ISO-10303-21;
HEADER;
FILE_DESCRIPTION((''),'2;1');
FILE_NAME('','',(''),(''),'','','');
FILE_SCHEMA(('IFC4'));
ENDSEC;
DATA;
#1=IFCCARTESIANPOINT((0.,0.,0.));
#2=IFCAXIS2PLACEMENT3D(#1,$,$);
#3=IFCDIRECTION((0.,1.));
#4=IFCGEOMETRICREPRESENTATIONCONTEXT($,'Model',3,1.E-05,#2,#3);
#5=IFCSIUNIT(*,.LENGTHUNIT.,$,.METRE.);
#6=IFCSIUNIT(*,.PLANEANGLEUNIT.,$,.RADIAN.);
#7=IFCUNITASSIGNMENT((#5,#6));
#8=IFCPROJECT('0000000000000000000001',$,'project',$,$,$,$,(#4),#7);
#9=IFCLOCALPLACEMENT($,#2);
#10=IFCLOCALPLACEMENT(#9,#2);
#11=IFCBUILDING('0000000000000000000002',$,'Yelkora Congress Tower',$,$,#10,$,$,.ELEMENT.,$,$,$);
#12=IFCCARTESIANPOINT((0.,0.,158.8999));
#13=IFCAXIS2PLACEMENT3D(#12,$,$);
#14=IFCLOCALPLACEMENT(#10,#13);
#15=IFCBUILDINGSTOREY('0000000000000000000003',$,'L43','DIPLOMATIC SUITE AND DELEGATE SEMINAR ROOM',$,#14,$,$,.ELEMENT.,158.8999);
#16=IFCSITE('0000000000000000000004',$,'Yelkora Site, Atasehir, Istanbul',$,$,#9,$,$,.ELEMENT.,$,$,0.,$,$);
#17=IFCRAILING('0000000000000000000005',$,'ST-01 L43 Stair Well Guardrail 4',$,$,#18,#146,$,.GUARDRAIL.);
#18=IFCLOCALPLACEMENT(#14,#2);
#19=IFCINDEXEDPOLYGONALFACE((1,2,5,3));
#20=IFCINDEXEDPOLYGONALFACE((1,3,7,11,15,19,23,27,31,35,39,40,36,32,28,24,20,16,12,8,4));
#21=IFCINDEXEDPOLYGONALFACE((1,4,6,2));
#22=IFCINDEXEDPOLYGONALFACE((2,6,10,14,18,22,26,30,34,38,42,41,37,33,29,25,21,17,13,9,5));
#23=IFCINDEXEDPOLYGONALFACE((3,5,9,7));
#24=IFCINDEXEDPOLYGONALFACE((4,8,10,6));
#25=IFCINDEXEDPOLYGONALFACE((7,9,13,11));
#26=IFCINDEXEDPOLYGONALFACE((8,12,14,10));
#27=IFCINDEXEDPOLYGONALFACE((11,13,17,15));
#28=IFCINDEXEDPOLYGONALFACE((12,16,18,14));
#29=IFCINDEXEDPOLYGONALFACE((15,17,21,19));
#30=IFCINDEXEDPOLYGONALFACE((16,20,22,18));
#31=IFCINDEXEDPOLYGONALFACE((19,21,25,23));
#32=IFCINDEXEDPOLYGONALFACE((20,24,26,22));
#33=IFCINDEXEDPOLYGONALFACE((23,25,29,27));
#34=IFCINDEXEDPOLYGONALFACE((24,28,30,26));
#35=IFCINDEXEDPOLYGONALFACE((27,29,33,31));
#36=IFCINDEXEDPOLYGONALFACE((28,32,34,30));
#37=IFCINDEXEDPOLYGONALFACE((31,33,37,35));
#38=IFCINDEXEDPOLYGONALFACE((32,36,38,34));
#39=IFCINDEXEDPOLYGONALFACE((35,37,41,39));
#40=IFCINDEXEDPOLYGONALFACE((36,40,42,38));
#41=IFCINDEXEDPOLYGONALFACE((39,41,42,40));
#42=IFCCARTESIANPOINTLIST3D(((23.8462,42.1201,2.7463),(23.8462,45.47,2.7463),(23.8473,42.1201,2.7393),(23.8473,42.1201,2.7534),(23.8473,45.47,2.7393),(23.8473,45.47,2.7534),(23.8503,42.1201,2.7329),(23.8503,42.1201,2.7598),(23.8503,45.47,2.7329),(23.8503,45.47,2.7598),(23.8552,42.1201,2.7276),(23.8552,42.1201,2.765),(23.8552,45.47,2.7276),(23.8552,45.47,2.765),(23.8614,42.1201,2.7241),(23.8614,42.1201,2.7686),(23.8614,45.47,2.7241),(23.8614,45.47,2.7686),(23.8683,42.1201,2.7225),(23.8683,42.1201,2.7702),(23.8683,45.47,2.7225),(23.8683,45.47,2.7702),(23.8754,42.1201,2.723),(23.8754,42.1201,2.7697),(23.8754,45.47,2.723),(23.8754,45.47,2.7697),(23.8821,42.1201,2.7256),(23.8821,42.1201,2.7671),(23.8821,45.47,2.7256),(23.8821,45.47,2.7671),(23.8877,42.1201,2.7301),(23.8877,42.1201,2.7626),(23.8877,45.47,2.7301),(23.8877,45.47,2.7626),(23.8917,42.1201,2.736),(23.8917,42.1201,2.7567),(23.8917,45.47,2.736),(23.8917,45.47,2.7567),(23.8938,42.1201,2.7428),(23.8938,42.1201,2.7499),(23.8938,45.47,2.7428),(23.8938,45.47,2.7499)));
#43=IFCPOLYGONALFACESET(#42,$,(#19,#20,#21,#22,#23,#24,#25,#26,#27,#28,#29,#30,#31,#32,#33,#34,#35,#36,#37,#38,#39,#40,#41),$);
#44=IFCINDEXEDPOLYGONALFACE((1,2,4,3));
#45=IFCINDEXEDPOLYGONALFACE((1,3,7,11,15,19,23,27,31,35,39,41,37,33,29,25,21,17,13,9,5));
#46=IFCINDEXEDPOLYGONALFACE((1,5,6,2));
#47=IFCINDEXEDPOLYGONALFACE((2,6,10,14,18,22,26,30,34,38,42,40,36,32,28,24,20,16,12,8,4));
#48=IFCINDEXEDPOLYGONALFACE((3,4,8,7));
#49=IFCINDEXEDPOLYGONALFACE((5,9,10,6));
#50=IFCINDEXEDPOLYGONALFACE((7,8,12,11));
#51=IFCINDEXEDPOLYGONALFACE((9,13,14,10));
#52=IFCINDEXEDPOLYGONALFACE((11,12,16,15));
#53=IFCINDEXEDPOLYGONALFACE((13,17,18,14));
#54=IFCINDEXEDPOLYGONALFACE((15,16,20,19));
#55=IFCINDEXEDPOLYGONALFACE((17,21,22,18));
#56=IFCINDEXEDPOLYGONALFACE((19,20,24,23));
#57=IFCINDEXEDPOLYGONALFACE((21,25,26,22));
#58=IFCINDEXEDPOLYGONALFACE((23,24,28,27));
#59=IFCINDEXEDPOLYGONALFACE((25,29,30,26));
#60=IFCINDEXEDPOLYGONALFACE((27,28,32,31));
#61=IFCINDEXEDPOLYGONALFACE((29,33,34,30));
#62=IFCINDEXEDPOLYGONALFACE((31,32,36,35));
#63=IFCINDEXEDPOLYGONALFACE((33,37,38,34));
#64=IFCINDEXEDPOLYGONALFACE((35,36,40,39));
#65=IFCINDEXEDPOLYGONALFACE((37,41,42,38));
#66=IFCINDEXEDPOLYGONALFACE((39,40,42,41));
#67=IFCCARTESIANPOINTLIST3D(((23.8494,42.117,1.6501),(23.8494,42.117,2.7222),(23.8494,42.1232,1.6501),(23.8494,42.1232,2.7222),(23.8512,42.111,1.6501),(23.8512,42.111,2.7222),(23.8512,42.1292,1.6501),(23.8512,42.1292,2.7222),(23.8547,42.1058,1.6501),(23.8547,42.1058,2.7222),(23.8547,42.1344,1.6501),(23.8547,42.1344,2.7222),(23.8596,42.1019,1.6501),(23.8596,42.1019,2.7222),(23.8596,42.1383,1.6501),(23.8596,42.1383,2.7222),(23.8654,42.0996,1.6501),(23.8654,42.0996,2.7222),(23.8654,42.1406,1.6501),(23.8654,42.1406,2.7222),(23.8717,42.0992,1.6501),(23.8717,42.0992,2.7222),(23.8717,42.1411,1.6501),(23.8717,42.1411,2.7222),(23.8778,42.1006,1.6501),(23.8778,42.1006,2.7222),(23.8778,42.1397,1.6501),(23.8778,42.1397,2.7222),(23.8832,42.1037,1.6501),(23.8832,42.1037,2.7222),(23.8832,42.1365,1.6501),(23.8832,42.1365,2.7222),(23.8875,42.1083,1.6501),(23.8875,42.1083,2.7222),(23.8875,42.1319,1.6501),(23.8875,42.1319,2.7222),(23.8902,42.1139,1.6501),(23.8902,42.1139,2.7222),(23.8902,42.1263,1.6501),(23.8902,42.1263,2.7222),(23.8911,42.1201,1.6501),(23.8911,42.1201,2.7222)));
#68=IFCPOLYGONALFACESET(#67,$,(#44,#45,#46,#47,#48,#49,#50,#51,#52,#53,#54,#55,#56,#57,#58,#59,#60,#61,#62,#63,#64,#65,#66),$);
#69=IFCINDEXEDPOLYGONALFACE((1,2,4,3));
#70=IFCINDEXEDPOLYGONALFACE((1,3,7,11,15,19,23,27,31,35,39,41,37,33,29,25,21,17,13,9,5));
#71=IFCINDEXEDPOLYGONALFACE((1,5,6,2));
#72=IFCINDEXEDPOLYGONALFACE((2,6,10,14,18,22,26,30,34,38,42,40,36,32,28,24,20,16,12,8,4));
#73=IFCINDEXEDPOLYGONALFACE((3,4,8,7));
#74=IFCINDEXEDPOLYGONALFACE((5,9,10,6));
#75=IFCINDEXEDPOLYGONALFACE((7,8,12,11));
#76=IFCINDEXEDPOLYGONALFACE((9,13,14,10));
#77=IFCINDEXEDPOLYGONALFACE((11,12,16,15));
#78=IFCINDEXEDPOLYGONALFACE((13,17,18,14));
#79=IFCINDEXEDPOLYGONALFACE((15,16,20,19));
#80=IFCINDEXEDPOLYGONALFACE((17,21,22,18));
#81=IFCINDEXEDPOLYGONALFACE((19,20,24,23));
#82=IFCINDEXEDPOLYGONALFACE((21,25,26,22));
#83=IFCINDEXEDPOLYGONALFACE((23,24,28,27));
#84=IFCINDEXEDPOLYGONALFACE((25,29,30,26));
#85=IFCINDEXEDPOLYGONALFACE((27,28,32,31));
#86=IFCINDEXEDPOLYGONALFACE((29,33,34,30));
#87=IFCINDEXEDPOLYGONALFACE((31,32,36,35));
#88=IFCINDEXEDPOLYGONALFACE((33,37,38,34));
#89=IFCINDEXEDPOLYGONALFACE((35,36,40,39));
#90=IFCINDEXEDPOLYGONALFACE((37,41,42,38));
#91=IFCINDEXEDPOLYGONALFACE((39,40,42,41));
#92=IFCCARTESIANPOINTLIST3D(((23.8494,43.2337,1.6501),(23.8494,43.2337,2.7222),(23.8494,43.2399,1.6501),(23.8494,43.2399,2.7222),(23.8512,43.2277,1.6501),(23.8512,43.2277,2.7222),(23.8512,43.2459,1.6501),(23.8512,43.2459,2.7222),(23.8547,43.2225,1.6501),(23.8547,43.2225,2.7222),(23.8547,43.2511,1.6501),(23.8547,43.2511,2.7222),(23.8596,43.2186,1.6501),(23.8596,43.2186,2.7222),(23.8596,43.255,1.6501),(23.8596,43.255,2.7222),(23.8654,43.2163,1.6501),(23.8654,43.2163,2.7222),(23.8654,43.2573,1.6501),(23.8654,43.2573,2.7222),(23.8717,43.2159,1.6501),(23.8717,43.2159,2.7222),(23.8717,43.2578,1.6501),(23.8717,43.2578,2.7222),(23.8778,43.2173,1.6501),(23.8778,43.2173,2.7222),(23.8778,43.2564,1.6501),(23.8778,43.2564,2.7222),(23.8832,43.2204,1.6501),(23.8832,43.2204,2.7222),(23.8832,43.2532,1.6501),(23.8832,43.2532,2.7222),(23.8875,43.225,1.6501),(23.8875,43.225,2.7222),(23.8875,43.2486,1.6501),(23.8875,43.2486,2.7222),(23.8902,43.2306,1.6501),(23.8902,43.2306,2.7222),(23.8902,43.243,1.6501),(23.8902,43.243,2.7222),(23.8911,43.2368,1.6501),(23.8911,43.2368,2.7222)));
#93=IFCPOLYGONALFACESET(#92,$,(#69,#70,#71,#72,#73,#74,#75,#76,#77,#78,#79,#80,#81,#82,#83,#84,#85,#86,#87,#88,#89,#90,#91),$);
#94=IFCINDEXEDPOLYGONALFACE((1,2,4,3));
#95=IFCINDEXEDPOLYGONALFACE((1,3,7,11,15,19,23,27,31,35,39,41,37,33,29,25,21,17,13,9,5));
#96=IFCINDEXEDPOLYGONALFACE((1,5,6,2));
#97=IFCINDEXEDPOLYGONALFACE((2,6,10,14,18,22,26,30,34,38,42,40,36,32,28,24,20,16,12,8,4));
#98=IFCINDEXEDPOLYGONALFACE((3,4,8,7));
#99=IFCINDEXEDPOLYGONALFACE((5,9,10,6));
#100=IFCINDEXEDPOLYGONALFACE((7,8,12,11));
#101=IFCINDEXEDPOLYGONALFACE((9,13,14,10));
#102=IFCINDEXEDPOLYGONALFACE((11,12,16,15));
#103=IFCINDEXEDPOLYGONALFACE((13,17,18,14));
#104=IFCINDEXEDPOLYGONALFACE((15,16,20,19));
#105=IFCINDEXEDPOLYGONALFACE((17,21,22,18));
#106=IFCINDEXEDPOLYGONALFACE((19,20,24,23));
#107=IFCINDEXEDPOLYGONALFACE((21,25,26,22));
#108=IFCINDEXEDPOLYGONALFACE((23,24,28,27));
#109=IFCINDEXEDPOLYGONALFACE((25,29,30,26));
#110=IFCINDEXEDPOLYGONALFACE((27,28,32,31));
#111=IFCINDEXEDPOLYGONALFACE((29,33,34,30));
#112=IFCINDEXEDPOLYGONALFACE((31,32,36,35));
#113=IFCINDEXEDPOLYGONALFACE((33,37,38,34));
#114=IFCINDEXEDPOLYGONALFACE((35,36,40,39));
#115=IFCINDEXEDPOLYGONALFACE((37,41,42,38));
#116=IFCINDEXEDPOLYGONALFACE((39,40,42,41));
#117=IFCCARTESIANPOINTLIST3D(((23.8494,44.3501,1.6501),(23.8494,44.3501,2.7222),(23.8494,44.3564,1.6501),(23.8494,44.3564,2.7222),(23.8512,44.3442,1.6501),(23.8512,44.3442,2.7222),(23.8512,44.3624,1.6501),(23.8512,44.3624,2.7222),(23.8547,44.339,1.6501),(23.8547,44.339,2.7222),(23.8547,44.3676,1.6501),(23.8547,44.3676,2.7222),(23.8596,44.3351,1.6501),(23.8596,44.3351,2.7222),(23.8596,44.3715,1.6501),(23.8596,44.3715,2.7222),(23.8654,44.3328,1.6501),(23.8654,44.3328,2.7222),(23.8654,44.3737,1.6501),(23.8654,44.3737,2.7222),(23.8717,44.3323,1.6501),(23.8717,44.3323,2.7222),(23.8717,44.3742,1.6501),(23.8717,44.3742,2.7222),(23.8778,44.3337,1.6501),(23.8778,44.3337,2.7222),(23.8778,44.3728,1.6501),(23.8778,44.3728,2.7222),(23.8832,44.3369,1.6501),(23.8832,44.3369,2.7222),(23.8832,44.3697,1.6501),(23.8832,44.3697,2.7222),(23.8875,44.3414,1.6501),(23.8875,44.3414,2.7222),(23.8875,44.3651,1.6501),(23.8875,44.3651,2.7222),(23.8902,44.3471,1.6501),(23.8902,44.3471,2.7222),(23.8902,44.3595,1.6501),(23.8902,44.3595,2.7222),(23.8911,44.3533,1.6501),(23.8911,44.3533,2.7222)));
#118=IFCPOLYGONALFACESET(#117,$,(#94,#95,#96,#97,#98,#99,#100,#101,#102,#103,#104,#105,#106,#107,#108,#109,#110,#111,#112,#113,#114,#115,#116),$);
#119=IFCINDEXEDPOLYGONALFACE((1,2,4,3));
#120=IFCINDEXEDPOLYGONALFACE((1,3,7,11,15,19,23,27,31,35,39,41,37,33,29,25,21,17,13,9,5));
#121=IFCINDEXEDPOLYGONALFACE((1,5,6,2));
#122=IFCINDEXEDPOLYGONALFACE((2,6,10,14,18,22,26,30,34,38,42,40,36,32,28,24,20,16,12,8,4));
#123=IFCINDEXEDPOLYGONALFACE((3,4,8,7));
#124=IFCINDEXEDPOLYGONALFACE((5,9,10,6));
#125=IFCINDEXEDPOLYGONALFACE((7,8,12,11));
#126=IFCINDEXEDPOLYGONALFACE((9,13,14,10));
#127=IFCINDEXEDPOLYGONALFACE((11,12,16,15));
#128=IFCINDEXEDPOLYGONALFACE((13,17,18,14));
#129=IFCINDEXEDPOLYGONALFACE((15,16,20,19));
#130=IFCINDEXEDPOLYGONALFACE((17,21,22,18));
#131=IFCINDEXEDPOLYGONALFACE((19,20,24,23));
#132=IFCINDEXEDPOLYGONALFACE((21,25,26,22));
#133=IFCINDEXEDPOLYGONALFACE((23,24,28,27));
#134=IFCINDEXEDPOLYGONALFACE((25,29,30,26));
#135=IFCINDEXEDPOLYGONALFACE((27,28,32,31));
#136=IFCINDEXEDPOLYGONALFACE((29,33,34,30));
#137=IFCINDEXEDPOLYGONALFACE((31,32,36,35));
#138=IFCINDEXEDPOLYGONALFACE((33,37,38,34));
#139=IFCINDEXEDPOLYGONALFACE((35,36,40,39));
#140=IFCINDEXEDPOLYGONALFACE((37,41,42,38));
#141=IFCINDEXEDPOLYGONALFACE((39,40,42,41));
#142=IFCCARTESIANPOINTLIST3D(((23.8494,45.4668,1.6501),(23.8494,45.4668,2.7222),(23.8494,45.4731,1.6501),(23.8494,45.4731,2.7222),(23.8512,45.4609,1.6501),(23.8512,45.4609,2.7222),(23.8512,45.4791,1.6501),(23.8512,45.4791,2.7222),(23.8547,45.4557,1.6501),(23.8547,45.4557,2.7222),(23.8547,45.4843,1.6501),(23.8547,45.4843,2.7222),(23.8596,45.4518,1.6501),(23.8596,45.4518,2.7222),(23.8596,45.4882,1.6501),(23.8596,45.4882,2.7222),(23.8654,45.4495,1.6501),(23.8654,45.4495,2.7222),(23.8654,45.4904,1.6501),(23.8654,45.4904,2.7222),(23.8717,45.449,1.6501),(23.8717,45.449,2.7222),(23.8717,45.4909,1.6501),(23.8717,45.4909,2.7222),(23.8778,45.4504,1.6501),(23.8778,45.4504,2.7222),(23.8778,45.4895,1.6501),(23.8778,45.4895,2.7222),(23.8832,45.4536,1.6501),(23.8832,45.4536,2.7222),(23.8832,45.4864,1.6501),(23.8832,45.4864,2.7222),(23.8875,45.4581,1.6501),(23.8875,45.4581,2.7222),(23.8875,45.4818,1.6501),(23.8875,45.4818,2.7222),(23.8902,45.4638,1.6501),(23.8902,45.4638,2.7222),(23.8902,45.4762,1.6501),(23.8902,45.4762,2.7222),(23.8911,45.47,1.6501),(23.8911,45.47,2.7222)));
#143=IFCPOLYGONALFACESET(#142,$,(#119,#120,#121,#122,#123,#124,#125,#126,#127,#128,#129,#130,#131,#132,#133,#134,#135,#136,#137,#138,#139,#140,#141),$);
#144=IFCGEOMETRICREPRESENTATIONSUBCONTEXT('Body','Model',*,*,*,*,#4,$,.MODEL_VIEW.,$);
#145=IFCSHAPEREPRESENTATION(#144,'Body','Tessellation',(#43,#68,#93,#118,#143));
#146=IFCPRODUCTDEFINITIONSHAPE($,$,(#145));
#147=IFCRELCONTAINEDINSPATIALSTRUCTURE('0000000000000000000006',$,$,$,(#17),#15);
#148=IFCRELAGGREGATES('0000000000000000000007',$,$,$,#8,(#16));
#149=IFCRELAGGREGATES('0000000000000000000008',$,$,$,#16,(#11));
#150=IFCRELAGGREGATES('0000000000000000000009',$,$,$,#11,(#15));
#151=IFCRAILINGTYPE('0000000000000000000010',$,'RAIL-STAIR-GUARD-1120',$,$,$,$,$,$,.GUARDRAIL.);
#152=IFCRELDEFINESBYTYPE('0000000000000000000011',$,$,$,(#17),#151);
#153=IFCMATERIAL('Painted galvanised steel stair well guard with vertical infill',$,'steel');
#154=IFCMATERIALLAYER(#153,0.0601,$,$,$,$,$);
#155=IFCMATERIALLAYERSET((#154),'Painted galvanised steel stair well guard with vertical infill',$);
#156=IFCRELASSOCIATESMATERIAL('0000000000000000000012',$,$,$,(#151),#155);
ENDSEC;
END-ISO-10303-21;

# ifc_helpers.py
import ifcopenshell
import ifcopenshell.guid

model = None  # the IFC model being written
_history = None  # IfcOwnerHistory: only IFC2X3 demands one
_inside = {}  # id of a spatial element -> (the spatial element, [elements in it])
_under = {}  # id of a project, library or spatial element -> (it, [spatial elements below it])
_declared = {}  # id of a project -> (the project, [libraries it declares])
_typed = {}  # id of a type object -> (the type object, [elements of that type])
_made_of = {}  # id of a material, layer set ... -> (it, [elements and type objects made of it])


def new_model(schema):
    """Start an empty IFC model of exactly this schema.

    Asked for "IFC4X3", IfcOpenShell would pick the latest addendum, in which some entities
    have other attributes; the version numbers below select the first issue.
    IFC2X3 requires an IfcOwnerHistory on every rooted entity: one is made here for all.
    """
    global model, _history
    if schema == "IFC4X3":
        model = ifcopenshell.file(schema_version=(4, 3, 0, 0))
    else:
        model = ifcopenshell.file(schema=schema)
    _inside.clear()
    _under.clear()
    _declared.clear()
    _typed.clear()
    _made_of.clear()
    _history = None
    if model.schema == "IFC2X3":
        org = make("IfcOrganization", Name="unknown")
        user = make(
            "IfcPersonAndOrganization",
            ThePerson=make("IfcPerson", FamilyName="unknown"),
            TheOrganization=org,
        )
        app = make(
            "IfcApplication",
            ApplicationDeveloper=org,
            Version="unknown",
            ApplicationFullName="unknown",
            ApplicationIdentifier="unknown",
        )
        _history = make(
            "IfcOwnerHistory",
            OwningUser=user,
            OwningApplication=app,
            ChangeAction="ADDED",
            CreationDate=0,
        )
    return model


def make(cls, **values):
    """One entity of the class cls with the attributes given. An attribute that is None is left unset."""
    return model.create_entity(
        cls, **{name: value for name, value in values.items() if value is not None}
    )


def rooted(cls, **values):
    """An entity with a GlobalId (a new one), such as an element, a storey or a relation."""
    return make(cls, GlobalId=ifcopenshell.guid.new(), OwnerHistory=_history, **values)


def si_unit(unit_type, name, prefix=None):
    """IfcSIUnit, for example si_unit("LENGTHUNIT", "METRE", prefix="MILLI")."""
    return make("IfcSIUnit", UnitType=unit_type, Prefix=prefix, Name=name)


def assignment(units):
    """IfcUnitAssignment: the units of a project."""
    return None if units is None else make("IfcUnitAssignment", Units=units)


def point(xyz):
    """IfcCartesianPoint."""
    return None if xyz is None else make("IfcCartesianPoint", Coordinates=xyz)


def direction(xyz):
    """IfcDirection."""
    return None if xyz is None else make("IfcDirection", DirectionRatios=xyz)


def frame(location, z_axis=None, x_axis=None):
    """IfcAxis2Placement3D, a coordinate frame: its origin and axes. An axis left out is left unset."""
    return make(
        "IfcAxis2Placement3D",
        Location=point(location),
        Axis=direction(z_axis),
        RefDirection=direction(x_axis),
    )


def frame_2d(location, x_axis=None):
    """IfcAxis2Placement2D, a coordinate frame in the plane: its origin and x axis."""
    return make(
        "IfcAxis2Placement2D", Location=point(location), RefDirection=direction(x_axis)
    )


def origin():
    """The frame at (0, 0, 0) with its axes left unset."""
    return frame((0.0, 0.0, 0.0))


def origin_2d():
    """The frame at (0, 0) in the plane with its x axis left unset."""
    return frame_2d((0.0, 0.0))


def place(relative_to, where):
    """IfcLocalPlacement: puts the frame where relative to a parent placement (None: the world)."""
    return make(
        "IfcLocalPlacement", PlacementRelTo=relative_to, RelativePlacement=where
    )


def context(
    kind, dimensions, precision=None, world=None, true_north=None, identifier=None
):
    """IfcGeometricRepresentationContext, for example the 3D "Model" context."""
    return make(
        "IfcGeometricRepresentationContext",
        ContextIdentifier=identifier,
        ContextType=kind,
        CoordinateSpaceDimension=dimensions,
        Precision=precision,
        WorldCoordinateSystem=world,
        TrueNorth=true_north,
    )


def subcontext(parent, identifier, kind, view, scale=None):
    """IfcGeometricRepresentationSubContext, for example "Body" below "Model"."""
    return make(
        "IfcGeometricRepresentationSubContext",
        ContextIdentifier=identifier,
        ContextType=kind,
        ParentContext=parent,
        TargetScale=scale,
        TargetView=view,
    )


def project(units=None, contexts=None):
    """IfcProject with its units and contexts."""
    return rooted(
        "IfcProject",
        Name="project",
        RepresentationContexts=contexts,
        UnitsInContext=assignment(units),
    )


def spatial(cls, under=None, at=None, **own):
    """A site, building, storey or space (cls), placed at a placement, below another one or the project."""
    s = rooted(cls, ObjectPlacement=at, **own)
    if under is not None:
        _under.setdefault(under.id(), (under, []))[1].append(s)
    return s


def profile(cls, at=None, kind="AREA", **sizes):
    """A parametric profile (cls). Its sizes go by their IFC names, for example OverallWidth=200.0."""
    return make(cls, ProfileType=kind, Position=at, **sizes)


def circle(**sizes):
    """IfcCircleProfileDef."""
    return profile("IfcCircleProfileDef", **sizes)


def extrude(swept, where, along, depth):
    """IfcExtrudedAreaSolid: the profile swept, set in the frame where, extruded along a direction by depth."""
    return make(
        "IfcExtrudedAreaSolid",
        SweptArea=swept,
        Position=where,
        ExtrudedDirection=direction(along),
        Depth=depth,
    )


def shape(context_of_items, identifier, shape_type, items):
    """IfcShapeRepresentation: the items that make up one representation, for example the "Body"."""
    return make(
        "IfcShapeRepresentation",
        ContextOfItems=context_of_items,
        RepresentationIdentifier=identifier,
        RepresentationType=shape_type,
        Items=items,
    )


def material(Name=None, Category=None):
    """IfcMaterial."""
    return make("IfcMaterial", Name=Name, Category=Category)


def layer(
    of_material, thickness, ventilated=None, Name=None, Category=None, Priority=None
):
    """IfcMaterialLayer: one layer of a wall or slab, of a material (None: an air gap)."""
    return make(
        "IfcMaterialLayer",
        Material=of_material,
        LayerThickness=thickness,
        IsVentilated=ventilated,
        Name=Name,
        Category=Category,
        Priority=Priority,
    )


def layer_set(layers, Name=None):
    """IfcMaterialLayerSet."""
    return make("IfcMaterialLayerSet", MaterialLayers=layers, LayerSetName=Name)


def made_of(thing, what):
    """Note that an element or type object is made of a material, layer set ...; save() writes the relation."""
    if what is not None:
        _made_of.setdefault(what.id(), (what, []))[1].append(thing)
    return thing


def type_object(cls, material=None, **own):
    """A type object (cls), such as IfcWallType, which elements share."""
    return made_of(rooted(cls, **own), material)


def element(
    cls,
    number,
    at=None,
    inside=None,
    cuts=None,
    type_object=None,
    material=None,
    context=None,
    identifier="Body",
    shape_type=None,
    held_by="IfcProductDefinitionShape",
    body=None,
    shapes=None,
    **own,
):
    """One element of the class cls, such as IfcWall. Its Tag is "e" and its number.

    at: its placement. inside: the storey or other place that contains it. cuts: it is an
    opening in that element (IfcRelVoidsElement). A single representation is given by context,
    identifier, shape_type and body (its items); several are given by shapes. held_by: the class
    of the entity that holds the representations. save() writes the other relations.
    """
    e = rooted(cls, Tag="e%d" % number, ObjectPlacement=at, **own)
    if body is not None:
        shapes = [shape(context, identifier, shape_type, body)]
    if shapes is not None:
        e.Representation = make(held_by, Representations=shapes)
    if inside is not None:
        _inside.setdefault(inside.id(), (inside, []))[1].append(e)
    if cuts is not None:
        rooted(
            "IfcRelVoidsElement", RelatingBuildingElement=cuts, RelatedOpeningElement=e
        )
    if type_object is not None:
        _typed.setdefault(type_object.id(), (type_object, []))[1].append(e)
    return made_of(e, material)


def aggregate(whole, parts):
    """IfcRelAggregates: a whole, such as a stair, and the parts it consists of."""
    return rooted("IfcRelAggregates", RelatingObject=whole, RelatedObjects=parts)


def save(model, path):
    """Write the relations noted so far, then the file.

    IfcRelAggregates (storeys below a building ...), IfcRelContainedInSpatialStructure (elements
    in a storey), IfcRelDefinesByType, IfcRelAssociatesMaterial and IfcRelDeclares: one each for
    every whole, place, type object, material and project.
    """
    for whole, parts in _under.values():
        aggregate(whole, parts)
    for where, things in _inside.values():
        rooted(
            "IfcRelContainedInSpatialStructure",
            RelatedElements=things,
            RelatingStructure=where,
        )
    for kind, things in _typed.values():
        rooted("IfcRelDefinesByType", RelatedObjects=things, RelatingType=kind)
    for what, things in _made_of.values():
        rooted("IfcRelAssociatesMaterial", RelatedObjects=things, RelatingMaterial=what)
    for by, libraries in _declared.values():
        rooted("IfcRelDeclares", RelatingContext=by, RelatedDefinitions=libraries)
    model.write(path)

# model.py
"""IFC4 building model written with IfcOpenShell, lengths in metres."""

from ifc_helpers import new_model, si_unit, direction, frame, origin, origin_2d, place, context, subcontext, project, spatial, circle, extrude, material, layer, layer_set, type_object, element, save


model = new_model("IFC4")

# Units and contexts
model_context = context("Model", 3, precision=1e-05, world=origin(), true_north=direction((0.0, 1.0)))
body_context = subcontext(model_context, "Body", "Model", "MODEL_VIEW")
ifc_project = project(units=[si_unit("LENGTHUNIT", "METRE"), si_unit("PLANEANGLEUNIT", "RADIAN")], contexts=[model_context])

# Site, building, storey
site_placement = place(None, origin())
site = spatial("IfcSite", under=ifc_project, at=site_placement, Name="Yelkora Site, Atasehir, Istanbul", CompositionType="ELEMENT", RefElevation=0.0)
building_placement = place(site_placement, origin())
building = spatial("IfcBuilding", under=site, at=building_placement, Name="Yelkora Congress Tower", CompositionType="ELEMENT")
storey_placement = place(building_placement, frame((0.0, 0.0, 158.8999)))
storey = spatial("IfcBuildingStorey", under=building, at=storey_placement, Name="L43", Description="DIPLOMATIC SUITE AND DELEGATE SEMINAR ROOM", CompositionType="ELEMENT", Elevation=158.8999)

# Railing
ifc_material_1 = material(Name="Painted galvanised steel stair well guard with vertical infill", Category="steel")
ifc_layer_1 = layer(ifc_material_1, 0.0601)
ifc_layer_set_1 = layer_set([ifc_layer_1], Name="Painted galvanised steel stair well guard with vertical infill")
railing_type = type_object("IfcRailingType", Name="RAIL-STAIR-GUARD-1120", PredefinedType="GUARDRAIL", material=ifc_layer_set_1)
for number, where, name in (
    (1, (23.8701, 42.1201, 1.6501), "ST-01 L43 Stair Well Guardrail 4"),
):
    element("IfcRailing", number, at=place(storey_placement, frame(where)), inside=storey, type_object=railing_type, Name=name, PredefinedType="GUARDRAIL", context=body_context, shape_type="SweptSolid", body=[
        extrude(circle(Radius=0.0239, at=origin_2d()), frame((0.0, 0.0, 1.0962), z_axis=(0.0, 1.0, 0.0), x_axis=(-1.0, 0.0, 0.0)), (0.0, 0.0, 1.0), 3.3499),
        extrude(circle(Radius=0.021, at=origin_2d()), origin(), (0.0, 0.0, 1.0), 1.072),
        extrude(circle(Radius=0.021, at=origin_2d()), frame((0.0, 1.1167, 0.0)), (0.0, 0.0, 1.0), 1.072),
        extrude(circle(Radius=0.021, at=origin_2d()), frame((0.0, 2.2332, 0.0)), (0.0, 0.0, 1.0), 1.072),
        extrude(circle(Radius=0.021, at=origin_2d()), frame((0.0, 3.3499, 0.0)), (0.0, 0.0, 1.0), 1.072),
    ])

save(model, "model.ifc")
